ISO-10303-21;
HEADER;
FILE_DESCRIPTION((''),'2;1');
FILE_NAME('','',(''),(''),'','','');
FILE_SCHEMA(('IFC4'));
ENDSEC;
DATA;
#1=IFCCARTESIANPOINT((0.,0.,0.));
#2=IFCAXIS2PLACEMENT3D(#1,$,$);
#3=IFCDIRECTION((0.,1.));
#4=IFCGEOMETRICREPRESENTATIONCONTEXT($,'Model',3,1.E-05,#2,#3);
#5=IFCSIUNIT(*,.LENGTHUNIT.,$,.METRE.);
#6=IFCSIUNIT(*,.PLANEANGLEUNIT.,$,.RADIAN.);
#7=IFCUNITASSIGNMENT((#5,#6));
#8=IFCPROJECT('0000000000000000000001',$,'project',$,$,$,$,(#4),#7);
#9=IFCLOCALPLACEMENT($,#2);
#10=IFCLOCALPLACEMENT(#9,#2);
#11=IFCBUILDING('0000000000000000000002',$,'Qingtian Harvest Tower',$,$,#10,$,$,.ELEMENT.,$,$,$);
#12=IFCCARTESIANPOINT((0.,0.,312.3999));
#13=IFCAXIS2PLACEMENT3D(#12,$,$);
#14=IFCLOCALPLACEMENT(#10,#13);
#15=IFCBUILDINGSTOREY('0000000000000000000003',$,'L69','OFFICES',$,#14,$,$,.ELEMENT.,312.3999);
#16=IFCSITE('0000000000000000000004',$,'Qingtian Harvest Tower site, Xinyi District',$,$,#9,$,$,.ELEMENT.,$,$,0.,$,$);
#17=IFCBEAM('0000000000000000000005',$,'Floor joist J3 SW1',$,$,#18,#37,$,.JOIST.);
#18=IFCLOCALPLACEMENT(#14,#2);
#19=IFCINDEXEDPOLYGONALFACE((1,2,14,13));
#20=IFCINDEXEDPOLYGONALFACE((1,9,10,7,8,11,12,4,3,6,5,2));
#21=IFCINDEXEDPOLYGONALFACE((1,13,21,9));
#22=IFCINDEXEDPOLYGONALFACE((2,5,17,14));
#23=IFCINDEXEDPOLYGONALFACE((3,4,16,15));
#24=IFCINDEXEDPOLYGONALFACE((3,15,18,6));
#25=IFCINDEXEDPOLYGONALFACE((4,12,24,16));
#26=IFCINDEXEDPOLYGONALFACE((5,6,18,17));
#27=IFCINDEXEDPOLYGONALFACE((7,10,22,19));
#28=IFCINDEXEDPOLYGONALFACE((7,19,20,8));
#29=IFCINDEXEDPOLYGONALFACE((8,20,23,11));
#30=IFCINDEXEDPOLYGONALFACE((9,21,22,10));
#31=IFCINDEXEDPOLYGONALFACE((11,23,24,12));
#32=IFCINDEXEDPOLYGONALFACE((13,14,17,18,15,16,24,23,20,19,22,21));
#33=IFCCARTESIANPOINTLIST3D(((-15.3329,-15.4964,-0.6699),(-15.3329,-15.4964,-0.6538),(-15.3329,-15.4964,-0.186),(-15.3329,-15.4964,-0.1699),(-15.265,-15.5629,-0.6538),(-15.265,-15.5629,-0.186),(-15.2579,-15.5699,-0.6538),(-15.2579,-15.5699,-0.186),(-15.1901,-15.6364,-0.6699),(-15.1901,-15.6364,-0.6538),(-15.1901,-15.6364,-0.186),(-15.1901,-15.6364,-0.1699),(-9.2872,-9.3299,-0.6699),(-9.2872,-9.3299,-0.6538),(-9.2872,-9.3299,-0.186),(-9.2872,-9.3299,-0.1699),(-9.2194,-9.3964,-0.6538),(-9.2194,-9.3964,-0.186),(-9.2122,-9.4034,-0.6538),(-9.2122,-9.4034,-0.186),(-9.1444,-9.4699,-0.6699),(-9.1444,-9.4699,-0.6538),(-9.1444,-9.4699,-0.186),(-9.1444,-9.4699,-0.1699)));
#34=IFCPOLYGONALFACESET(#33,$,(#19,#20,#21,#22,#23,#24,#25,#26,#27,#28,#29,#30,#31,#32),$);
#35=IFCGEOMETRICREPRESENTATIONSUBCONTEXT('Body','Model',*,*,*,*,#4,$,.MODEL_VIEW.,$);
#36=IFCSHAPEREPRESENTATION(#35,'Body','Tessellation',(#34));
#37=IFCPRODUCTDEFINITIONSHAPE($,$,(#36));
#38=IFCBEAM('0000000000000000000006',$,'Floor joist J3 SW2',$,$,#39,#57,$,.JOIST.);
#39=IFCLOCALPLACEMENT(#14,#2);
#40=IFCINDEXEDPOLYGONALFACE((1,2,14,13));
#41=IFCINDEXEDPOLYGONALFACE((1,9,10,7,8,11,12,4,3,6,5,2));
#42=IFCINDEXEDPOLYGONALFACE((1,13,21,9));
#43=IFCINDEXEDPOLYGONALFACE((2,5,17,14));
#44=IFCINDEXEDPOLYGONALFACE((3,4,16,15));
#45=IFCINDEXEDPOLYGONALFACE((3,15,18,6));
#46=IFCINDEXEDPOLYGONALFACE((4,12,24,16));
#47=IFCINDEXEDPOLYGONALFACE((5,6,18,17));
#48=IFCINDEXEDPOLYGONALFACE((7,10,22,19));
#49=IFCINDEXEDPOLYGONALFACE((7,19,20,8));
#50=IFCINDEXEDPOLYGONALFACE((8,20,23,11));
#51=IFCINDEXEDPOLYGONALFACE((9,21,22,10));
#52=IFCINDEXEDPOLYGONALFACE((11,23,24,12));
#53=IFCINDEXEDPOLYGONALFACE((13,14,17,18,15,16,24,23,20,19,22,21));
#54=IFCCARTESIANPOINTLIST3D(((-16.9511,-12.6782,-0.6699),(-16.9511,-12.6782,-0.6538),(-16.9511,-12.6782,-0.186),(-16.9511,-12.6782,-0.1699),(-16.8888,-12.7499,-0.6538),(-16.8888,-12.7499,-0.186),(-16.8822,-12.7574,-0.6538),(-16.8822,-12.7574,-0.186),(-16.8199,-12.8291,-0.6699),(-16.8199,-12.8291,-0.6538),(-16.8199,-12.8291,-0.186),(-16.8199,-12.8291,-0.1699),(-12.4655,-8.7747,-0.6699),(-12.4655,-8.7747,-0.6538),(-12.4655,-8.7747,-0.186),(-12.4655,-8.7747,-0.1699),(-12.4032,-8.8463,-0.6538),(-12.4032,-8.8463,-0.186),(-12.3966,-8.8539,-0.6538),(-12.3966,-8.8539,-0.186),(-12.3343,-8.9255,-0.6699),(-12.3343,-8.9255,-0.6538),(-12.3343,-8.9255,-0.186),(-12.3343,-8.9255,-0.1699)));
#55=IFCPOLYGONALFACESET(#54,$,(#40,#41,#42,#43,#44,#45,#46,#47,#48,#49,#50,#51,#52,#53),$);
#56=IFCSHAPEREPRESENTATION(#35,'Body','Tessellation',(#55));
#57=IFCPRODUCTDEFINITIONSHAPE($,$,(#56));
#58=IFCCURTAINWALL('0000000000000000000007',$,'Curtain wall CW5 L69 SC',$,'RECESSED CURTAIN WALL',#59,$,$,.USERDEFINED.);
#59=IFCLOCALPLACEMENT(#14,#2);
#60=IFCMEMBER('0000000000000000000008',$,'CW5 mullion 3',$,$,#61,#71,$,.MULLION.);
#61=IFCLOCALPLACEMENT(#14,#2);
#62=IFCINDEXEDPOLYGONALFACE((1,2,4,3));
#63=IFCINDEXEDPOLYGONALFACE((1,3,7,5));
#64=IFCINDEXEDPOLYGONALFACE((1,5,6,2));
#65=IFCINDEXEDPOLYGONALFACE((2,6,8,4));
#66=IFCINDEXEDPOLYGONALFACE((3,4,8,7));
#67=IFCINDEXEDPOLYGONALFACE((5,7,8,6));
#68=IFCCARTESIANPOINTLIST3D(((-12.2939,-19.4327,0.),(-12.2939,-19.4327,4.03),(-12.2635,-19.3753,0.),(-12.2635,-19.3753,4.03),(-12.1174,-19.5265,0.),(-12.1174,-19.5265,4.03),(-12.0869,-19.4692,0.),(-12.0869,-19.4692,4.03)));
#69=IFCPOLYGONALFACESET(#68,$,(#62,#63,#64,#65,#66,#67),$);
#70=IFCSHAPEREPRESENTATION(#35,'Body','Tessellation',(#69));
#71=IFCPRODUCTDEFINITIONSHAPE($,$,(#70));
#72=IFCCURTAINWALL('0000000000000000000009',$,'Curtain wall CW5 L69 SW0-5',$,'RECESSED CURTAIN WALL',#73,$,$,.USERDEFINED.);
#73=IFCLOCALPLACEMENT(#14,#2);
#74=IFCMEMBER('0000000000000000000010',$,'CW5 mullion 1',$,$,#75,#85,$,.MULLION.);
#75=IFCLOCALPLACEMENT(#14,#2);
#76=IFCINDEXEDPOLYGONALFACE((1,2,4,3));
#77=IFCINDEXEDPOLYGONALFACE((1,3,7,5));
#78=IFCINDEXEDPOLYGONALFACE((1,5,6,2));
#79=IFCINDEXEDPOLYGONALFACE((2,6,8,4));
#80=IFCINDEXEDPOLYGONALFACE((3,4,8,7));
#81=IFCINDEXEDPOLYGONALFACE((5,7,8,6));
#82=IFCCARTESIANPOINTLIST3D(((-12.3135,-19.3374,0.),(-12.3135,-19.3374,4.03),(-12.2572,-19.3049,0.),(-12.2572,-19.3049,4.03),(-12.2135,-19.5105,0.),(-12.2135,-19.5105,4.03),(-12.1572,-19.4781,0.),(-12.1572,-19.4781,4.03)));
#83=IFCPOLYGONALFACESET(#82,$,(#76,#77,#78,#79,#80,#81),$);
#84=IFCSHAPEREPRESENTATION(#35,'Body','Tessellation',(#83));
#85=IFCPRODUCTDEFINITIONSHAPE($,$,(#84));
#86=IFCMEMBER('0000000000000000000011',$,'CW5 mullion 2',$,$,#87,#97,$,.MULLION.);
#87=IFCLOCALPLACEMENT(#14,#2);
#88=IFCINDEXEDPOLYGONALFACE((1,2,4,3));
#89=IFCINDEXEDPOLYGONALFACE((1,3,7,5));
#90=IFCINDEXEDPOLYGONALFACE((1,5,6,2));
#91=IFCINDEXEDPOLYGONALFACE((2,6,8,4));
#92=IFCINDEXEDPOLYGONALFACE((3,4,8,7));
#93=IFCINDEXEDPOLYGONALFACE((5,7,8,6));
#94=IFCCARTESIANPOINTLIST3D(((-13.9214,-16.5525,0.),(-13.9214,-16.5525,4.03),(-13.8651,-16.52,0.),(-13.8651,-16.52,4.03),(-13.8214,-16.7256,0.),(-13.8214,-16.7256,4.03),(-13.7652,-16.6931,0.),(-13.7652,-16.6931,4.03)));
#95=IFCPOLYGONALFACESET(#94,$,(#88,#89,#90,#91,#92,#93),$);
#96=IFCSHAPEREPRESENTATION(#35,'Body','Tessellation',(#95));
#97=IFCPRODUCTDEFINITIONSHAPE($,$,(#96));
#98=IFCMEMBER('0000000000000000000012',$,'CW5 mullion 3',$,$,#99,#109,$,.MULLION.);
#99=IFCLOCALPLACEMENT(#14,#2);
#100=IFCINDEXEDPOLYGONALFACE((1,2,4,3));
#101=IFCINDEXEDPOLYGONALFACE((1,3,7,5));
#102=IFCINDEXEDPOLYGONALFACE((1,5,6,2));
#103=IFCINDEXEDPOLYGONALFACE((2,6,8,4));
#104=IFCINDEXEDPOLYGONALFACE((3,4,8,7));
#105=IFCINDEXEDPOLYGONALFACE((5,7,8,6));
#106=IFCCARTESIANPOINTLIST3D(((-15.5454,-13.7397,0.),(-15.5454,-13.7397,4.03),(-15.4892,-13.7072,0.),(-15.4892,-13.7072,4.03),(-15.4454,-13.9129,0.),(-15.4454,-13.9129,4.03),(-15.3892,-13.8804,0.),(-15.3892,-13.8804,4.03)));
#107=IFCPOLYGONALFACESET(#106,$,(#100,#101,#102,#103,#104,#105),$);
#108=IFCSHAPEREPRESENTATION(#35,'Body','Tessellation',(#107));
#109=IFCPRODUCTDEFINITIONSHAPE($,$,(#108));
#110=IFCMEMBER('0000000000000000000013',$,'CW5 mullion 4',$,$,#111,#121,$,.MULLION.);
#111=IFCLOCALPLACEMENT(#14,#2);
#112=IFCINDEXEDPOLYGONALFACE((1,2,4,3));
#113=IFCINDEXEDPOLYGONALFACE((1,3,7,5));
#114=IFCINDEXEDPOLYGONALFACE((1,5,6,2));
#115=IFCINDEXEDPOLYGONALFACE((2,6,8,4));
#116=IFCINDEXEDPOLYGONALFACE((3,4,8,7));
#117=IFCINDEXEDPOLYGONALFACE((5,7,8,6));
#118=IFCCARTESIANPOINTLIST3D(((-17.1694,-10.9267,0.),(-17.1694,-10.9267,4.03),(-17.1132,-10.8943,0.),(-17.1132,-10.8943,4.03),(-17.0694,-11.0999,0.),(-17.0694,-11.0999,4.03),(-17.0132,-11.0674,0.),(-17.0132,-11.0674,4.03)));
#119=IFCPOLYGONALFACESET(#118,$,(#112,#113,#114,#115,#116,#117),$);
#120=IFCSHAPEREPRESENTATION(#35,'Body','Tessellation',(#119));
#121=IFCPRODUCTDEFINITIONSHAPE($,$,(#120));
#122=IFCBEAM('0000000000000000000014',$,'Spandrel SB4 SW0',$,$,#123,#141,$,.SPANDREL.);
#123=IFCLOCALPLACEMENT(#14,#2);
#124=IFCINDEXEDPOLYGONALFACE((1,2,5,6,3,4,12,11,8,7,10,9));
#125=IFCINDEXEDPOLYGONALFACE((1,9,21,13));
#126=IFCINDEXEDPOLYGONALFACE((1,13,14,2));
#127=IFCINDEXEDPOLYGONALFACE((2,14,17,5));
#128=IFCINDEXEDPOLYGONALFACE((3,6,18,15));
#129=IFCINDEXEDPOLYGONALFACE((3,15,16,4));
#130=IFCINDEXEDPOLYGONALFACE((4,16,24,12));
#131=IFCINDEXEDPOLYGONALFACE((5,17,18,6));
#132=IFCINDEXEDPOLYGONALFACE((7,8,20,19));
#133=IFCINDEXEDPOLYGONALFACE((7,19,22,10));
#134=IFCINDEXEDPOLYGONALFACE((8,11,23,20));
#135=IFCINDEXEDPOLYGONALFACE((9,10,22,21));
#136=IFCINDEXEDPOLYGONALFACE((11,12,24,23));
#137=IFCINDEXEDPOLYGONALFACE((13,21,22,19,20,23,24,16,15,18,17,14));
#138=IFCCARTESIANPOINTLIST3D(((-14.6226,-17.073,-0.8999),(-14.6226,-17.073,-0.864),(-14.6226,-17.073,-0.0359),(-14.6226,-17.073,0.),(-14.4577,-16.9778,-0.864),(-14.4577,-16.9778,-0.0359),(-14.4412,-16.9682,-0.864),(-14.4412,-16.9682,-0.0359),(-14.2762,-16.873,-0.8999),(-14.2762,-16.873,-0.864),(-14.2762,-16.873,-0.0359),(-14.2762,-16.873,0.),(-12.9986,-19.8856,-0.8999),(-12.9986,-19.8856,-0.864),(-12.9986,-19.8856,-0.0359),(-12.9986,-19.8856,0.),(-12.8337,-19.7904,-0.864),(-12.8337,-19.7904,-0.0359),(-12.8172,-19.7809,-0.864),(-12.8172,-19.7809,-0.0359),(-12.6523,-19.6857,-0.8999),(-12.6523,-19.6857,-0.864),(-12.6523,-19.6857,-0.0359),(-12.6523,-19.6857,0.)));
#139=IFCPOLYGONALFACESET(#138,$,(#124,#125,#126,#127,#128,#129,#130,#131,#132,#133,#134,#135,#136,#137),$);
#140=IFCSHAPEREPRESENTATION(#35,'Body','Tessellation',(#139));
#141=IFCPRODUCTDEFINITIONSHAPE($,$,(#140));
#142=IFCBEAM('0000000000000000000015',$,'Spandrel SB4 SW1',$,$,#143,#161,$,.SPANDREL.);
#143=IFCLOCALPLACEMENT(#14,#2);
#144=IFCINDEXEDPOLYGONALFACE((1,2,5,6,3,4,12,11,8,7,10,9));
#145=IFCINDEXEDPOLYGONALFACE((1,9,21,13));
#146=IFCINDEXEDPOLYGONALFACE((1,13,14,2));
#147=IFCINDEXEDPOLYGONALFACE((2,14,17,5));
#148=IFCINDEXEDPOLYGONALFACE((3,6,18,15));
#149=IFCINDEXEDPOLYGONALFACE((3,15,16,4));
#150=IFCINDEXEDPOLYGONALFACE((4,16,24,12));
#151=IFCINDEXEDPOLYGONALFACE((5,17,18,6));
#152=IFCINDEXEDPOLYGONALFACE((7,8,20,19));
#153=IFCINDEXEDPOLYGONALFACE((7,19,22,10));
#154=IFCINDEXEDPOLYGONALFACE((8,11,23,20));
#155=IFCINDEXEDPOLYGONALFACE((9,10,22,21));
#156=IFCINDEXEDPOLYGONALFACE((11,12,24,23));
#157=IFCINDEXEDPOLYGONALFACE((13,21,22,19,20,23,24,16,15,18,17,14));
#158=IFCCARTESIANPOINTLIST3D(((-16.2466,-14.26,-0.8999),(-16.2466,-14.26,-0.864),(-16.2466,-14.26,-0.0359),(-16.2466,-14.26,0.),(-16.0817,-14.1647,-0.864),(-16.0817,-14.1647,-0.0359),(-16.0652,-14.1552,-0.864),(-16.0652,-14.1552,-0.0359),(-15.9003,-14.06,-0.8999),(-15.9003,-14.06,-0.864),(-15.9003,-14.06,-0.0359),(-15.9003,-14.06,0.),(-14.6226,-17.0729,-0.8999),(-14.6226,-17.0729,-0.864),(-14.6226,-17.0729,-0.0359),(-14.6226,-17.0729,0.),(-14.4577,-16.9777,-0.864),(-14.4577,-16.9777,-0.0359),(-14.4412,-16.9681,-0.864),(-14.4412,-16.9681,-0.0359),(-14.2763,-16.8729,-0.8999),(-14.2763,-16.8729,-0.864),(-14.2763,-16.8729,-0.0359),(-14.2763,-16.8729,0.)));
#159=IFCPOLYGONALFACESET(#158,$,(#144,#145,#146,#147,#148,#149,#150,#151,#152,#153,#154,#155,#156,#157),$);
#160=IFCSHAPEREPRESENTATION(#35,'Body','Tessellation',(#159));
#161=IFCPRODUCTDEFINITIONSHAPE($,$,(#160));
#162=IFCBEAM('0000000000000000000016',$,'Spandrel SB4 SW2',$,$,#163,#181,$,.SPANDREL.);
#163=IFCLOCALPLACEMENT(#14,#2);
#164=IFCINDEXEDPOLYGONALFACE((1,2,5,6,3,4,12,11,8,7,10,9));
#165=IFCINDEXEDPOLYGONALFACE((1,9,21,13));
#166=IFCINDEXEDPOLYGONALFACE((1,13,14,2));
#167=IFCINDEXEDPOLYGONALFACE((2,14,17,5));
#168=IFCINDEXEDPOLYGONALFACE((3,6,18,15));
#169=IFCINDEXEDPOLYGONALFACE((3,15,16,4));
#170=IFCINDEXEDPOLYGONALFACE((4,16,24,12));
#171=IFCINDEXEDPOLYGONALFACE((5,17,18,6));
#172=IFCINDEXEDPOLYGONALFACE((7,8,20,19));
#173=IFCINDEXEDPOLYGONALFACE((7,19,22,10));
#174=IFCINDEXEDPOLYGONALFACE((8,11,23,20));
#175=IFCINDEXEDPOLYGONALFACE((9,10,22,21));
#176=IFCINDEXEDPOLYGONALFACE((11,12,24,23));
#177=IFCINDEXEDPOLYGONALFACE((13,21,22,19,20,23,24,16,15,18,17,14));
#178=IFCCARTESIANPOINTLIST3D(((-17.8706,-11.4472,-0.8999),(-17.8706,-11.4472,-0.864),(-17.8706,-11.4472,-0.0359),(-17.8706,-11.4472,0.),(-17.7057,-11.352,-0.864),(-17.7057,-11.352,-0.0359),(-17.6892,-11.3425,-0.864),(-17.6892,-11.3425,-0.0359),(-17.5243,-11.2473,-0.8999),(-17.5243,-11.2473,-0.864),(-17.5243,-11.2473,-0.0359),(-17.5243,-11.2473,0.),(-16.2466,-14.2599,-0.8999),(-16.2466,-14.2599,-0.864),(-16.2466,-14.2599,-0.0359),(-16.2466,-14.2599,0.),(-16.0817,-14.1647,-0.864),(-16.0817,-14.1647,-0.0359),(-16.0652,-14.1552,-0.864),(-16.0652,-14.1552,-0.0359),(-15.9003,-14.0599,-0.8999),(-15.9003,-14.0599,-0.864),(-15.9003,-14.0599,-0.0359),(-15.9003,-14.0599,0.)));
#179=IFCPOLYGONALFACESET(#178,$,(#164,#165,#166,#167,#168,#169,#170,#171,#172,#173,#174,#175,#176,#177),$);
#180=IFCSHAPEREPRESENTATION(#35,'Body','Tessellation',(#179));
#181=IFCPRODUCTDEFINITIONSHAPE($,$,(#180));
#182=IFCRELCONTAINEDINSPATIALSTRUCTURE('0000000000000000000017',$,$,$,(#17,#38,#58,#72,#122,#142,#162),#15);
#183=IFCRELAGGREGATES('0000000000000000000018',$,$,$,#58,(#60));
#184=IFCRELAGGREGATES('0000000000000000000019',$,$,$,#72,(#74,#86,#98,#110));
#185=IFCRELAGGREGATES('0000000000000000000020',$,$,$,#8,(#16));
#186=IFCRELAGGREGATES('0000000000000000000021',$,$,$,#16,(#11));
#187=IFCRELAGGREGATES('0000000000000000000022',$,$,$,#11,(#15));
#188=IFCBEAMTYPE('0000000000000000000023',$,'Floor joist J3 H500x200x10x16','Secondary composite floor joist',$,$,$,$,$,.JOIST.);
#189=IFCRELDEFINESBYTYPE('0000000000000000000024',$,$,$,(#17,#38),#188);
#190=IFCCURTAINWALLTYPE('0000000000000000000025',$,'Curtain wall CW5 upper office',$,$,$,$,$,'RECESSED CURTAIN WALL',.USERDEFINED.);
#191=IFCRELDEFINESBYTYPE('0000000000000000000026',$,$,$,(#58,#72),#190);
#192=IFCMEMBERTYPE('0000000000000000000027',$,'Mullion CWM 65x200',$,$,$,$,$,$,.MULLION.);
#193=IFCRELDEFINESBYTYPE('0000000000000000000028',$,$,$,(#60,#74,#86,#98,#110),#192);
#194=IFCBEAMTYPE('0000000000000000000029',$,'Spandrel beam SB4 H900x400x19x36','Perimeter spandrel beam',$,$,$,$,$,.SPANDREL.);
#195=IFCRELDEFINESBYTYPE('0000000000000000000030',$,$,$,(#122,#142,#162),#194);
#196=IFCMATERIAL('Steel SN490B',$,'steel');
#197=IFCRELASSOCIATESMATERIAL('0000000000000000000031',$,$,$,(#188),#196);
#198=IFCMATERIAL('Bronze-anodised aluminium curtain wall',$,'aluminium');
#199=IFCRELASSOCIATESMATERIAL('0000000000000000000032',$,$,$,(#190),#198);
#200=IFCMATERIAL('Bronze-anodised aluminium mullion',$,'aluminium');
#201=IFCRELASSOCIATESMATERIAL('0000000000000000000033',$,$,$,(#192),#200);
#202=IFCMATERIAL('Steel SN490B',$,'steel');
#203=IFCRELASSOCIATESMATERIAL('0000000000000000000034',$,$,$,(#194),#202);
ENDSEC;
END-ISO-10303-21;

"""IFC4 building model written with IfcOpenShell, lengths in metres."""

from ifc_helpers import new_model, si_unit, direction, frame, origin, origin_2d, place, context, subcontext, project, spatial, rectangle, i_section, extrude, material, material_profile, profile_set, type_object, element, aggregate, save


model = new_model("IFC4")

# Units and contexts
model_context = context("Model", 3, precision=1e-05, world=origin(), true_north=direction((0.0, 1.0)))
body_context = subcontext(model_context, "Body", "Model", "MODEL_VIEW")
ifc_project = project(units=[si_unit("LENGTHUNIT", "METRE"), si_unit("PLANEANGLEUNIT", "RADIAN")], contexts=[model_context])

# Site, building, storey
site_placement = place(None, origin())
site = spatial("IfcSite", under=ifc_project, at=site_placement, Name="Qingtian Harvest Tower site, Xinyi District", CompositionType="ELEMENT", RefElevation=0.0)
building_placement = place(site_placement, origin())
building = spatial("IfcBuilding", under=site, at=building_placement, Name="Qingtian Harvest Tower", CompositionType="ELEMENT")
storey_placement = place(building_placement, frame((0.0, 0.0, 312.3999)))
storey = spatial("IfcBuildingStorey", under=building, at=storey_placement, Name="L69", Description="OFFICES", CompositionType="ELEMENT", Elevation=312.3999)

# Beams
ifc_material_1 = material(Name="Steel SN490B", Category="steel")
ifc_material_profile_1 = material_profile(ifc_material_1, i_section(OverallWidth=0.2, OverallDepth=0.5, WebThickness=0.01, FlangeThickness=0.0161, at=origin_2d()), Name="H500x200x10x16")
ifc_profile_set_1 = profile_set([ifc_material_profile_1], Name="Steel SN490B")
beam_type_1 = type_object("IfcBeamType", Name="Floor joist J3 H500x200x10x16", Description="Secondary composite floor joist", PredefinedType="JOIST", material=ifc_profile_set_1)
beam_1_placement = place(storey_placement, frame((-15.2615, -15.5664, -0.4199), z_axis=(0.700075, 0.714069, 0.0), x_axis=(-0.714069, 0.700075, 0.0)))
element("IfcBeam", 1, at=beam_1_placement, inside=storey, type_object=beam_type_1, Name="Floor joist J3 SW1", PredefinedType="JOIST", context=body_context, shape_type="SweptSolid", body=[
    extrude(i_section(OverallWidth=0.2, OverallDepth=0.5, WebThickness=0.01, FlangeThickness=0.0161, at=origin_2d()), origin(), (0.0, 0.0, 1.0), 8.6357),
])
beam_2_placement = place(storey_placement, frame((-16.8855, -12.7537, -0.4199), z_axis=(0.754352, 0.65647, 0.0), x_axis=(-0.65647, 0.754352, 0.0)))
element("IfcBeam", 2, at=beam_2_placement, inside=storey, type_object=beam_type_1, Name="Floor joist J3 SW2", PredefinedType="JOIST", context=body_context, shape_type="SweptSolid", body=[
    extrude(i_section(OverallWidth=0.2, OverallDepth=0.5, WebThickness=0.01, FlangeThickness=0.0161, at=origin_2d()), origin(), (0.0, 0.0, 1.0), 5.9463),
])

# Curtain wall, member
ifc_material_2 = material(Name="Bronze-anodised aluminium curtain wall", Category="aluminium")
curtain_wall_type = type_object("IfcCurtainWallType", Name="Curtain wall CW5 upper office", ElementType="RECESSED CURTAIN WALL", PredefinedType="USERDEFINED", material=ifc_material_2)
curtain_wall_1_placement = place(storey_placement, origin())
curtain_wall_1 = element("IfcCurtainWall", 3, at=curtain_wall_1_placement, inside=storey, type_object=curtain_wall_type, Name="Curtain wall CW5 L69 SC", ObjectType="RECESSED CURTAIN WALL", PredefinedType="USERDEFINED")
ifc_material_3 = material(Name="Bronze-anodised aluminium mullion", Category="aluminium")
ifc_material_profile_2 = material_profile(ifc_material_3, rectangle(XDim=0.0649, YDim=0.2, at=origin_2d()), Name="AL 65x200")
ifc_profile_set_2 = profile_set([ifc_material_profile_2], Name="Bronze-anodised aluminium mullion")
member_type_1 = type_object("IfcMemberType", Name="Mullion CWM 65x200", PredefinedType="MULLION", material=ifc_profile_set_2)
member_1_placement = place(storey_placement, frame((-12.1904, -19.4509, 0.0), z_axis=(0.0, 0.0, 1.0), x_axis=(-0.469472, -0.882948, 0.0)))
member_1 = element("IfcMember", 4, at=member_1_placement, type_object=member_type_1, Name="CW5 mullion 3", PredefinedType="MULLION", context=body_context, shape_type="SweptSolid", body=[
    extrude(rectangle(XDim=0.0649, YDim=0.2, at=origin_2d()), origin(), (0.0, 0.0, 1.0), 4.03),
])
aggregate(curtain_wall_1, [member_1])

# Curtain wall, members
curtain_wall_2_placement = place(storey_placement, origin())
curtain_wall_2 = element("IfcCurtainWall", 5, at=curtain_wall_2_placement, inside=storey, type_object=curtain_wall_type, Name="Curtain wall CW5 L69 SW0-5", ObjectType="RECESSED CURTAIN WALL", PredefinedType="USERDEFINED")
member_2_placement = place(storey_placement, frame((-12.2354, -19.4077, 0.0), z_axis=(0.0, 0.0, 1.0), x_axis=(-0.866025, -0.5, 0.0)))
member_2 = element("IfcMember", 6, at=member_2_placement, type_object=member_type_1, Name="CW5 mullion 1", PredefinedType="MULLION", context=body_context, shape_type="SweptSolid", body=[
    extrude(rectangle(XDim=0.0649, YDim=0.2, at=origin_2d()), origin(), (0.0, 0.0, 1.0), 4.03),
])
member_3_placement = place(storey_placement, frame((-13.8433, -16.6228, 0.0), z_axis=(0.0, 0.0, 1.0), x_axis=(-0.866025, -0.5, 0.0)))
member_3 = element("IfcMember", 7, at=member_3_placement, type_object=member_type_1, Name="CW5 mullion 2", PredefinedType="MULLION", context=body_context, shape_type="SweptSolid", body=[
    extrude(rectangle(XDim=0.0649, YDim=0.2, at=origin_2d()), origin(), (0.0, 0.0, 1.0), 4.03),
])
member_4_placement = place(storey_placement, frame((-15.4673, -13.8101, 0.0), z_axis=(0.0, 0.0, 1.0), x_axis=(-0.866025, -0.5, 0.0)))
member_4 = element("IfcMember", 8, at=member_4_placement, type_object=member_type_1, Name="CW5 mullion 3", PredefinedType="MULLION", context=body_context, shape_type="SweptSolid", body=[
    extrude(rectangle(XDim=0.0649, YDim=0.2, at=origin_2d()), origin(), (0.0, 0.0, 1.0), 4.03),
])
member_5_placement = place(storey_placement, frame((-17.0913, -10.9971, 0.0), z_axis=(0.0, 0.0, 1.0), x_axis=(-0.866025, -0.5, 0.0)))
member_5 = element("IfcMember", 9, at=member_5_placement, type_object=member_type_1, Name="CW5 mullion 4", PredefinedType="MULLION", context=body_context, shape_type="SweptSolid", body=[
    extrude(rectangle(XDim=0.0649, YDim=0.2, at=origin_2d()), origin(), (0.0, 0.0, 1.0), 4.03),
])

# Beams
ifc_material_4 = material(Name="Steel SN490B", Category="steel")
ifc_material_profile_3 = material_profile(ifc_material_4, i_section(OverallWidth=0.3999, OverallDepth=0.8999, WebThickness=0.019, FlangeThickness=0.0359, at=origin_2d()), Name="H900x400x19x36")
ifc_profile_set_3 = profile_set([ifc_material_profile_3], Name="Steel SN490B")
beam_type_2 = type_object("IfcBeamType", Name="Spandrel beam SB4 H900x400x19x36", Description="Perimeter spandrel beam", PredefinedType="SPANDREL", material=ifc_profile_set_3)
beam_3_placement = place(storey_placement, frame((-12.8254, -19.7856, -0.45), z_axis=(-0.50002, 0.866014, 0.0), x_axis=(-0.866014, -0.50002, 0.0)))
element("IfcBeam", 10, at=beam_3_placement, inside=storey, type_object=beam_type_2, Name="Spandrel SB4 SW0", PredefinedType="SPANDREL", context=body_context, shape_type="SweptSolid", body=[
    extrude(i_section(OverallWidth=0.3999, OverallDepth=0.8999, WebThickness=0.019, FlangeThickness=0.0359, at=origin_2d()), origin(), (0.0, 0.0, 1.0), 3.2478),
])
beam_4_placement = place(storey_placement, frame((-14.4495, -16.9729, -0.45), z_axis=(-0.499987, 0.866033, 0.0), x_axis=(-0.866033, -0.499987, 0.0)))
element("IfcBeam", 11, at=beam_4_placement, inside=storey, type_object=beam_type_2, Name="Spandrel SB4 SW1", PredefinedType="SPANDREL", context=body_context, shape_type="SweptSolid", body=[
    extrude(i_section(OverallWidth=0.3999, OverallDepth=0.8999, WebThickness=0.019, FlangeThickness=0.0359, at=origin_2d()), origin(), (0.0, 0.0, 1.0), 3.248),
])
beam_5_placement = place(storey_placement, frame((-16.0735, -14.1599, -0.45), z_axis=(-0.50002, 0.866014, 0.0), x_axis=(-0.866014, -0.50002, 0.0)))
element("IfcBeam", 12, at=beam_5_placement, inside=storey, type_object=beam_type_2, Name="Spandrel SB4 SW2", PredefinedType="SPANDREL", context=body_context, shape_type="SweptSolid", body=[
    extrude(i_section(OverallWidth=0.3999, OverallDepth=0.8999, WebThickness=0.019, FlangeThickness=0.0359, at=origin_2d()), origin(), (0.0, 0.0, 1.0), 3.2478),
])

aggregate(curtain_wall_2, [member_2, member_3, member_4, member_5])

save(model, "model.ifc")
